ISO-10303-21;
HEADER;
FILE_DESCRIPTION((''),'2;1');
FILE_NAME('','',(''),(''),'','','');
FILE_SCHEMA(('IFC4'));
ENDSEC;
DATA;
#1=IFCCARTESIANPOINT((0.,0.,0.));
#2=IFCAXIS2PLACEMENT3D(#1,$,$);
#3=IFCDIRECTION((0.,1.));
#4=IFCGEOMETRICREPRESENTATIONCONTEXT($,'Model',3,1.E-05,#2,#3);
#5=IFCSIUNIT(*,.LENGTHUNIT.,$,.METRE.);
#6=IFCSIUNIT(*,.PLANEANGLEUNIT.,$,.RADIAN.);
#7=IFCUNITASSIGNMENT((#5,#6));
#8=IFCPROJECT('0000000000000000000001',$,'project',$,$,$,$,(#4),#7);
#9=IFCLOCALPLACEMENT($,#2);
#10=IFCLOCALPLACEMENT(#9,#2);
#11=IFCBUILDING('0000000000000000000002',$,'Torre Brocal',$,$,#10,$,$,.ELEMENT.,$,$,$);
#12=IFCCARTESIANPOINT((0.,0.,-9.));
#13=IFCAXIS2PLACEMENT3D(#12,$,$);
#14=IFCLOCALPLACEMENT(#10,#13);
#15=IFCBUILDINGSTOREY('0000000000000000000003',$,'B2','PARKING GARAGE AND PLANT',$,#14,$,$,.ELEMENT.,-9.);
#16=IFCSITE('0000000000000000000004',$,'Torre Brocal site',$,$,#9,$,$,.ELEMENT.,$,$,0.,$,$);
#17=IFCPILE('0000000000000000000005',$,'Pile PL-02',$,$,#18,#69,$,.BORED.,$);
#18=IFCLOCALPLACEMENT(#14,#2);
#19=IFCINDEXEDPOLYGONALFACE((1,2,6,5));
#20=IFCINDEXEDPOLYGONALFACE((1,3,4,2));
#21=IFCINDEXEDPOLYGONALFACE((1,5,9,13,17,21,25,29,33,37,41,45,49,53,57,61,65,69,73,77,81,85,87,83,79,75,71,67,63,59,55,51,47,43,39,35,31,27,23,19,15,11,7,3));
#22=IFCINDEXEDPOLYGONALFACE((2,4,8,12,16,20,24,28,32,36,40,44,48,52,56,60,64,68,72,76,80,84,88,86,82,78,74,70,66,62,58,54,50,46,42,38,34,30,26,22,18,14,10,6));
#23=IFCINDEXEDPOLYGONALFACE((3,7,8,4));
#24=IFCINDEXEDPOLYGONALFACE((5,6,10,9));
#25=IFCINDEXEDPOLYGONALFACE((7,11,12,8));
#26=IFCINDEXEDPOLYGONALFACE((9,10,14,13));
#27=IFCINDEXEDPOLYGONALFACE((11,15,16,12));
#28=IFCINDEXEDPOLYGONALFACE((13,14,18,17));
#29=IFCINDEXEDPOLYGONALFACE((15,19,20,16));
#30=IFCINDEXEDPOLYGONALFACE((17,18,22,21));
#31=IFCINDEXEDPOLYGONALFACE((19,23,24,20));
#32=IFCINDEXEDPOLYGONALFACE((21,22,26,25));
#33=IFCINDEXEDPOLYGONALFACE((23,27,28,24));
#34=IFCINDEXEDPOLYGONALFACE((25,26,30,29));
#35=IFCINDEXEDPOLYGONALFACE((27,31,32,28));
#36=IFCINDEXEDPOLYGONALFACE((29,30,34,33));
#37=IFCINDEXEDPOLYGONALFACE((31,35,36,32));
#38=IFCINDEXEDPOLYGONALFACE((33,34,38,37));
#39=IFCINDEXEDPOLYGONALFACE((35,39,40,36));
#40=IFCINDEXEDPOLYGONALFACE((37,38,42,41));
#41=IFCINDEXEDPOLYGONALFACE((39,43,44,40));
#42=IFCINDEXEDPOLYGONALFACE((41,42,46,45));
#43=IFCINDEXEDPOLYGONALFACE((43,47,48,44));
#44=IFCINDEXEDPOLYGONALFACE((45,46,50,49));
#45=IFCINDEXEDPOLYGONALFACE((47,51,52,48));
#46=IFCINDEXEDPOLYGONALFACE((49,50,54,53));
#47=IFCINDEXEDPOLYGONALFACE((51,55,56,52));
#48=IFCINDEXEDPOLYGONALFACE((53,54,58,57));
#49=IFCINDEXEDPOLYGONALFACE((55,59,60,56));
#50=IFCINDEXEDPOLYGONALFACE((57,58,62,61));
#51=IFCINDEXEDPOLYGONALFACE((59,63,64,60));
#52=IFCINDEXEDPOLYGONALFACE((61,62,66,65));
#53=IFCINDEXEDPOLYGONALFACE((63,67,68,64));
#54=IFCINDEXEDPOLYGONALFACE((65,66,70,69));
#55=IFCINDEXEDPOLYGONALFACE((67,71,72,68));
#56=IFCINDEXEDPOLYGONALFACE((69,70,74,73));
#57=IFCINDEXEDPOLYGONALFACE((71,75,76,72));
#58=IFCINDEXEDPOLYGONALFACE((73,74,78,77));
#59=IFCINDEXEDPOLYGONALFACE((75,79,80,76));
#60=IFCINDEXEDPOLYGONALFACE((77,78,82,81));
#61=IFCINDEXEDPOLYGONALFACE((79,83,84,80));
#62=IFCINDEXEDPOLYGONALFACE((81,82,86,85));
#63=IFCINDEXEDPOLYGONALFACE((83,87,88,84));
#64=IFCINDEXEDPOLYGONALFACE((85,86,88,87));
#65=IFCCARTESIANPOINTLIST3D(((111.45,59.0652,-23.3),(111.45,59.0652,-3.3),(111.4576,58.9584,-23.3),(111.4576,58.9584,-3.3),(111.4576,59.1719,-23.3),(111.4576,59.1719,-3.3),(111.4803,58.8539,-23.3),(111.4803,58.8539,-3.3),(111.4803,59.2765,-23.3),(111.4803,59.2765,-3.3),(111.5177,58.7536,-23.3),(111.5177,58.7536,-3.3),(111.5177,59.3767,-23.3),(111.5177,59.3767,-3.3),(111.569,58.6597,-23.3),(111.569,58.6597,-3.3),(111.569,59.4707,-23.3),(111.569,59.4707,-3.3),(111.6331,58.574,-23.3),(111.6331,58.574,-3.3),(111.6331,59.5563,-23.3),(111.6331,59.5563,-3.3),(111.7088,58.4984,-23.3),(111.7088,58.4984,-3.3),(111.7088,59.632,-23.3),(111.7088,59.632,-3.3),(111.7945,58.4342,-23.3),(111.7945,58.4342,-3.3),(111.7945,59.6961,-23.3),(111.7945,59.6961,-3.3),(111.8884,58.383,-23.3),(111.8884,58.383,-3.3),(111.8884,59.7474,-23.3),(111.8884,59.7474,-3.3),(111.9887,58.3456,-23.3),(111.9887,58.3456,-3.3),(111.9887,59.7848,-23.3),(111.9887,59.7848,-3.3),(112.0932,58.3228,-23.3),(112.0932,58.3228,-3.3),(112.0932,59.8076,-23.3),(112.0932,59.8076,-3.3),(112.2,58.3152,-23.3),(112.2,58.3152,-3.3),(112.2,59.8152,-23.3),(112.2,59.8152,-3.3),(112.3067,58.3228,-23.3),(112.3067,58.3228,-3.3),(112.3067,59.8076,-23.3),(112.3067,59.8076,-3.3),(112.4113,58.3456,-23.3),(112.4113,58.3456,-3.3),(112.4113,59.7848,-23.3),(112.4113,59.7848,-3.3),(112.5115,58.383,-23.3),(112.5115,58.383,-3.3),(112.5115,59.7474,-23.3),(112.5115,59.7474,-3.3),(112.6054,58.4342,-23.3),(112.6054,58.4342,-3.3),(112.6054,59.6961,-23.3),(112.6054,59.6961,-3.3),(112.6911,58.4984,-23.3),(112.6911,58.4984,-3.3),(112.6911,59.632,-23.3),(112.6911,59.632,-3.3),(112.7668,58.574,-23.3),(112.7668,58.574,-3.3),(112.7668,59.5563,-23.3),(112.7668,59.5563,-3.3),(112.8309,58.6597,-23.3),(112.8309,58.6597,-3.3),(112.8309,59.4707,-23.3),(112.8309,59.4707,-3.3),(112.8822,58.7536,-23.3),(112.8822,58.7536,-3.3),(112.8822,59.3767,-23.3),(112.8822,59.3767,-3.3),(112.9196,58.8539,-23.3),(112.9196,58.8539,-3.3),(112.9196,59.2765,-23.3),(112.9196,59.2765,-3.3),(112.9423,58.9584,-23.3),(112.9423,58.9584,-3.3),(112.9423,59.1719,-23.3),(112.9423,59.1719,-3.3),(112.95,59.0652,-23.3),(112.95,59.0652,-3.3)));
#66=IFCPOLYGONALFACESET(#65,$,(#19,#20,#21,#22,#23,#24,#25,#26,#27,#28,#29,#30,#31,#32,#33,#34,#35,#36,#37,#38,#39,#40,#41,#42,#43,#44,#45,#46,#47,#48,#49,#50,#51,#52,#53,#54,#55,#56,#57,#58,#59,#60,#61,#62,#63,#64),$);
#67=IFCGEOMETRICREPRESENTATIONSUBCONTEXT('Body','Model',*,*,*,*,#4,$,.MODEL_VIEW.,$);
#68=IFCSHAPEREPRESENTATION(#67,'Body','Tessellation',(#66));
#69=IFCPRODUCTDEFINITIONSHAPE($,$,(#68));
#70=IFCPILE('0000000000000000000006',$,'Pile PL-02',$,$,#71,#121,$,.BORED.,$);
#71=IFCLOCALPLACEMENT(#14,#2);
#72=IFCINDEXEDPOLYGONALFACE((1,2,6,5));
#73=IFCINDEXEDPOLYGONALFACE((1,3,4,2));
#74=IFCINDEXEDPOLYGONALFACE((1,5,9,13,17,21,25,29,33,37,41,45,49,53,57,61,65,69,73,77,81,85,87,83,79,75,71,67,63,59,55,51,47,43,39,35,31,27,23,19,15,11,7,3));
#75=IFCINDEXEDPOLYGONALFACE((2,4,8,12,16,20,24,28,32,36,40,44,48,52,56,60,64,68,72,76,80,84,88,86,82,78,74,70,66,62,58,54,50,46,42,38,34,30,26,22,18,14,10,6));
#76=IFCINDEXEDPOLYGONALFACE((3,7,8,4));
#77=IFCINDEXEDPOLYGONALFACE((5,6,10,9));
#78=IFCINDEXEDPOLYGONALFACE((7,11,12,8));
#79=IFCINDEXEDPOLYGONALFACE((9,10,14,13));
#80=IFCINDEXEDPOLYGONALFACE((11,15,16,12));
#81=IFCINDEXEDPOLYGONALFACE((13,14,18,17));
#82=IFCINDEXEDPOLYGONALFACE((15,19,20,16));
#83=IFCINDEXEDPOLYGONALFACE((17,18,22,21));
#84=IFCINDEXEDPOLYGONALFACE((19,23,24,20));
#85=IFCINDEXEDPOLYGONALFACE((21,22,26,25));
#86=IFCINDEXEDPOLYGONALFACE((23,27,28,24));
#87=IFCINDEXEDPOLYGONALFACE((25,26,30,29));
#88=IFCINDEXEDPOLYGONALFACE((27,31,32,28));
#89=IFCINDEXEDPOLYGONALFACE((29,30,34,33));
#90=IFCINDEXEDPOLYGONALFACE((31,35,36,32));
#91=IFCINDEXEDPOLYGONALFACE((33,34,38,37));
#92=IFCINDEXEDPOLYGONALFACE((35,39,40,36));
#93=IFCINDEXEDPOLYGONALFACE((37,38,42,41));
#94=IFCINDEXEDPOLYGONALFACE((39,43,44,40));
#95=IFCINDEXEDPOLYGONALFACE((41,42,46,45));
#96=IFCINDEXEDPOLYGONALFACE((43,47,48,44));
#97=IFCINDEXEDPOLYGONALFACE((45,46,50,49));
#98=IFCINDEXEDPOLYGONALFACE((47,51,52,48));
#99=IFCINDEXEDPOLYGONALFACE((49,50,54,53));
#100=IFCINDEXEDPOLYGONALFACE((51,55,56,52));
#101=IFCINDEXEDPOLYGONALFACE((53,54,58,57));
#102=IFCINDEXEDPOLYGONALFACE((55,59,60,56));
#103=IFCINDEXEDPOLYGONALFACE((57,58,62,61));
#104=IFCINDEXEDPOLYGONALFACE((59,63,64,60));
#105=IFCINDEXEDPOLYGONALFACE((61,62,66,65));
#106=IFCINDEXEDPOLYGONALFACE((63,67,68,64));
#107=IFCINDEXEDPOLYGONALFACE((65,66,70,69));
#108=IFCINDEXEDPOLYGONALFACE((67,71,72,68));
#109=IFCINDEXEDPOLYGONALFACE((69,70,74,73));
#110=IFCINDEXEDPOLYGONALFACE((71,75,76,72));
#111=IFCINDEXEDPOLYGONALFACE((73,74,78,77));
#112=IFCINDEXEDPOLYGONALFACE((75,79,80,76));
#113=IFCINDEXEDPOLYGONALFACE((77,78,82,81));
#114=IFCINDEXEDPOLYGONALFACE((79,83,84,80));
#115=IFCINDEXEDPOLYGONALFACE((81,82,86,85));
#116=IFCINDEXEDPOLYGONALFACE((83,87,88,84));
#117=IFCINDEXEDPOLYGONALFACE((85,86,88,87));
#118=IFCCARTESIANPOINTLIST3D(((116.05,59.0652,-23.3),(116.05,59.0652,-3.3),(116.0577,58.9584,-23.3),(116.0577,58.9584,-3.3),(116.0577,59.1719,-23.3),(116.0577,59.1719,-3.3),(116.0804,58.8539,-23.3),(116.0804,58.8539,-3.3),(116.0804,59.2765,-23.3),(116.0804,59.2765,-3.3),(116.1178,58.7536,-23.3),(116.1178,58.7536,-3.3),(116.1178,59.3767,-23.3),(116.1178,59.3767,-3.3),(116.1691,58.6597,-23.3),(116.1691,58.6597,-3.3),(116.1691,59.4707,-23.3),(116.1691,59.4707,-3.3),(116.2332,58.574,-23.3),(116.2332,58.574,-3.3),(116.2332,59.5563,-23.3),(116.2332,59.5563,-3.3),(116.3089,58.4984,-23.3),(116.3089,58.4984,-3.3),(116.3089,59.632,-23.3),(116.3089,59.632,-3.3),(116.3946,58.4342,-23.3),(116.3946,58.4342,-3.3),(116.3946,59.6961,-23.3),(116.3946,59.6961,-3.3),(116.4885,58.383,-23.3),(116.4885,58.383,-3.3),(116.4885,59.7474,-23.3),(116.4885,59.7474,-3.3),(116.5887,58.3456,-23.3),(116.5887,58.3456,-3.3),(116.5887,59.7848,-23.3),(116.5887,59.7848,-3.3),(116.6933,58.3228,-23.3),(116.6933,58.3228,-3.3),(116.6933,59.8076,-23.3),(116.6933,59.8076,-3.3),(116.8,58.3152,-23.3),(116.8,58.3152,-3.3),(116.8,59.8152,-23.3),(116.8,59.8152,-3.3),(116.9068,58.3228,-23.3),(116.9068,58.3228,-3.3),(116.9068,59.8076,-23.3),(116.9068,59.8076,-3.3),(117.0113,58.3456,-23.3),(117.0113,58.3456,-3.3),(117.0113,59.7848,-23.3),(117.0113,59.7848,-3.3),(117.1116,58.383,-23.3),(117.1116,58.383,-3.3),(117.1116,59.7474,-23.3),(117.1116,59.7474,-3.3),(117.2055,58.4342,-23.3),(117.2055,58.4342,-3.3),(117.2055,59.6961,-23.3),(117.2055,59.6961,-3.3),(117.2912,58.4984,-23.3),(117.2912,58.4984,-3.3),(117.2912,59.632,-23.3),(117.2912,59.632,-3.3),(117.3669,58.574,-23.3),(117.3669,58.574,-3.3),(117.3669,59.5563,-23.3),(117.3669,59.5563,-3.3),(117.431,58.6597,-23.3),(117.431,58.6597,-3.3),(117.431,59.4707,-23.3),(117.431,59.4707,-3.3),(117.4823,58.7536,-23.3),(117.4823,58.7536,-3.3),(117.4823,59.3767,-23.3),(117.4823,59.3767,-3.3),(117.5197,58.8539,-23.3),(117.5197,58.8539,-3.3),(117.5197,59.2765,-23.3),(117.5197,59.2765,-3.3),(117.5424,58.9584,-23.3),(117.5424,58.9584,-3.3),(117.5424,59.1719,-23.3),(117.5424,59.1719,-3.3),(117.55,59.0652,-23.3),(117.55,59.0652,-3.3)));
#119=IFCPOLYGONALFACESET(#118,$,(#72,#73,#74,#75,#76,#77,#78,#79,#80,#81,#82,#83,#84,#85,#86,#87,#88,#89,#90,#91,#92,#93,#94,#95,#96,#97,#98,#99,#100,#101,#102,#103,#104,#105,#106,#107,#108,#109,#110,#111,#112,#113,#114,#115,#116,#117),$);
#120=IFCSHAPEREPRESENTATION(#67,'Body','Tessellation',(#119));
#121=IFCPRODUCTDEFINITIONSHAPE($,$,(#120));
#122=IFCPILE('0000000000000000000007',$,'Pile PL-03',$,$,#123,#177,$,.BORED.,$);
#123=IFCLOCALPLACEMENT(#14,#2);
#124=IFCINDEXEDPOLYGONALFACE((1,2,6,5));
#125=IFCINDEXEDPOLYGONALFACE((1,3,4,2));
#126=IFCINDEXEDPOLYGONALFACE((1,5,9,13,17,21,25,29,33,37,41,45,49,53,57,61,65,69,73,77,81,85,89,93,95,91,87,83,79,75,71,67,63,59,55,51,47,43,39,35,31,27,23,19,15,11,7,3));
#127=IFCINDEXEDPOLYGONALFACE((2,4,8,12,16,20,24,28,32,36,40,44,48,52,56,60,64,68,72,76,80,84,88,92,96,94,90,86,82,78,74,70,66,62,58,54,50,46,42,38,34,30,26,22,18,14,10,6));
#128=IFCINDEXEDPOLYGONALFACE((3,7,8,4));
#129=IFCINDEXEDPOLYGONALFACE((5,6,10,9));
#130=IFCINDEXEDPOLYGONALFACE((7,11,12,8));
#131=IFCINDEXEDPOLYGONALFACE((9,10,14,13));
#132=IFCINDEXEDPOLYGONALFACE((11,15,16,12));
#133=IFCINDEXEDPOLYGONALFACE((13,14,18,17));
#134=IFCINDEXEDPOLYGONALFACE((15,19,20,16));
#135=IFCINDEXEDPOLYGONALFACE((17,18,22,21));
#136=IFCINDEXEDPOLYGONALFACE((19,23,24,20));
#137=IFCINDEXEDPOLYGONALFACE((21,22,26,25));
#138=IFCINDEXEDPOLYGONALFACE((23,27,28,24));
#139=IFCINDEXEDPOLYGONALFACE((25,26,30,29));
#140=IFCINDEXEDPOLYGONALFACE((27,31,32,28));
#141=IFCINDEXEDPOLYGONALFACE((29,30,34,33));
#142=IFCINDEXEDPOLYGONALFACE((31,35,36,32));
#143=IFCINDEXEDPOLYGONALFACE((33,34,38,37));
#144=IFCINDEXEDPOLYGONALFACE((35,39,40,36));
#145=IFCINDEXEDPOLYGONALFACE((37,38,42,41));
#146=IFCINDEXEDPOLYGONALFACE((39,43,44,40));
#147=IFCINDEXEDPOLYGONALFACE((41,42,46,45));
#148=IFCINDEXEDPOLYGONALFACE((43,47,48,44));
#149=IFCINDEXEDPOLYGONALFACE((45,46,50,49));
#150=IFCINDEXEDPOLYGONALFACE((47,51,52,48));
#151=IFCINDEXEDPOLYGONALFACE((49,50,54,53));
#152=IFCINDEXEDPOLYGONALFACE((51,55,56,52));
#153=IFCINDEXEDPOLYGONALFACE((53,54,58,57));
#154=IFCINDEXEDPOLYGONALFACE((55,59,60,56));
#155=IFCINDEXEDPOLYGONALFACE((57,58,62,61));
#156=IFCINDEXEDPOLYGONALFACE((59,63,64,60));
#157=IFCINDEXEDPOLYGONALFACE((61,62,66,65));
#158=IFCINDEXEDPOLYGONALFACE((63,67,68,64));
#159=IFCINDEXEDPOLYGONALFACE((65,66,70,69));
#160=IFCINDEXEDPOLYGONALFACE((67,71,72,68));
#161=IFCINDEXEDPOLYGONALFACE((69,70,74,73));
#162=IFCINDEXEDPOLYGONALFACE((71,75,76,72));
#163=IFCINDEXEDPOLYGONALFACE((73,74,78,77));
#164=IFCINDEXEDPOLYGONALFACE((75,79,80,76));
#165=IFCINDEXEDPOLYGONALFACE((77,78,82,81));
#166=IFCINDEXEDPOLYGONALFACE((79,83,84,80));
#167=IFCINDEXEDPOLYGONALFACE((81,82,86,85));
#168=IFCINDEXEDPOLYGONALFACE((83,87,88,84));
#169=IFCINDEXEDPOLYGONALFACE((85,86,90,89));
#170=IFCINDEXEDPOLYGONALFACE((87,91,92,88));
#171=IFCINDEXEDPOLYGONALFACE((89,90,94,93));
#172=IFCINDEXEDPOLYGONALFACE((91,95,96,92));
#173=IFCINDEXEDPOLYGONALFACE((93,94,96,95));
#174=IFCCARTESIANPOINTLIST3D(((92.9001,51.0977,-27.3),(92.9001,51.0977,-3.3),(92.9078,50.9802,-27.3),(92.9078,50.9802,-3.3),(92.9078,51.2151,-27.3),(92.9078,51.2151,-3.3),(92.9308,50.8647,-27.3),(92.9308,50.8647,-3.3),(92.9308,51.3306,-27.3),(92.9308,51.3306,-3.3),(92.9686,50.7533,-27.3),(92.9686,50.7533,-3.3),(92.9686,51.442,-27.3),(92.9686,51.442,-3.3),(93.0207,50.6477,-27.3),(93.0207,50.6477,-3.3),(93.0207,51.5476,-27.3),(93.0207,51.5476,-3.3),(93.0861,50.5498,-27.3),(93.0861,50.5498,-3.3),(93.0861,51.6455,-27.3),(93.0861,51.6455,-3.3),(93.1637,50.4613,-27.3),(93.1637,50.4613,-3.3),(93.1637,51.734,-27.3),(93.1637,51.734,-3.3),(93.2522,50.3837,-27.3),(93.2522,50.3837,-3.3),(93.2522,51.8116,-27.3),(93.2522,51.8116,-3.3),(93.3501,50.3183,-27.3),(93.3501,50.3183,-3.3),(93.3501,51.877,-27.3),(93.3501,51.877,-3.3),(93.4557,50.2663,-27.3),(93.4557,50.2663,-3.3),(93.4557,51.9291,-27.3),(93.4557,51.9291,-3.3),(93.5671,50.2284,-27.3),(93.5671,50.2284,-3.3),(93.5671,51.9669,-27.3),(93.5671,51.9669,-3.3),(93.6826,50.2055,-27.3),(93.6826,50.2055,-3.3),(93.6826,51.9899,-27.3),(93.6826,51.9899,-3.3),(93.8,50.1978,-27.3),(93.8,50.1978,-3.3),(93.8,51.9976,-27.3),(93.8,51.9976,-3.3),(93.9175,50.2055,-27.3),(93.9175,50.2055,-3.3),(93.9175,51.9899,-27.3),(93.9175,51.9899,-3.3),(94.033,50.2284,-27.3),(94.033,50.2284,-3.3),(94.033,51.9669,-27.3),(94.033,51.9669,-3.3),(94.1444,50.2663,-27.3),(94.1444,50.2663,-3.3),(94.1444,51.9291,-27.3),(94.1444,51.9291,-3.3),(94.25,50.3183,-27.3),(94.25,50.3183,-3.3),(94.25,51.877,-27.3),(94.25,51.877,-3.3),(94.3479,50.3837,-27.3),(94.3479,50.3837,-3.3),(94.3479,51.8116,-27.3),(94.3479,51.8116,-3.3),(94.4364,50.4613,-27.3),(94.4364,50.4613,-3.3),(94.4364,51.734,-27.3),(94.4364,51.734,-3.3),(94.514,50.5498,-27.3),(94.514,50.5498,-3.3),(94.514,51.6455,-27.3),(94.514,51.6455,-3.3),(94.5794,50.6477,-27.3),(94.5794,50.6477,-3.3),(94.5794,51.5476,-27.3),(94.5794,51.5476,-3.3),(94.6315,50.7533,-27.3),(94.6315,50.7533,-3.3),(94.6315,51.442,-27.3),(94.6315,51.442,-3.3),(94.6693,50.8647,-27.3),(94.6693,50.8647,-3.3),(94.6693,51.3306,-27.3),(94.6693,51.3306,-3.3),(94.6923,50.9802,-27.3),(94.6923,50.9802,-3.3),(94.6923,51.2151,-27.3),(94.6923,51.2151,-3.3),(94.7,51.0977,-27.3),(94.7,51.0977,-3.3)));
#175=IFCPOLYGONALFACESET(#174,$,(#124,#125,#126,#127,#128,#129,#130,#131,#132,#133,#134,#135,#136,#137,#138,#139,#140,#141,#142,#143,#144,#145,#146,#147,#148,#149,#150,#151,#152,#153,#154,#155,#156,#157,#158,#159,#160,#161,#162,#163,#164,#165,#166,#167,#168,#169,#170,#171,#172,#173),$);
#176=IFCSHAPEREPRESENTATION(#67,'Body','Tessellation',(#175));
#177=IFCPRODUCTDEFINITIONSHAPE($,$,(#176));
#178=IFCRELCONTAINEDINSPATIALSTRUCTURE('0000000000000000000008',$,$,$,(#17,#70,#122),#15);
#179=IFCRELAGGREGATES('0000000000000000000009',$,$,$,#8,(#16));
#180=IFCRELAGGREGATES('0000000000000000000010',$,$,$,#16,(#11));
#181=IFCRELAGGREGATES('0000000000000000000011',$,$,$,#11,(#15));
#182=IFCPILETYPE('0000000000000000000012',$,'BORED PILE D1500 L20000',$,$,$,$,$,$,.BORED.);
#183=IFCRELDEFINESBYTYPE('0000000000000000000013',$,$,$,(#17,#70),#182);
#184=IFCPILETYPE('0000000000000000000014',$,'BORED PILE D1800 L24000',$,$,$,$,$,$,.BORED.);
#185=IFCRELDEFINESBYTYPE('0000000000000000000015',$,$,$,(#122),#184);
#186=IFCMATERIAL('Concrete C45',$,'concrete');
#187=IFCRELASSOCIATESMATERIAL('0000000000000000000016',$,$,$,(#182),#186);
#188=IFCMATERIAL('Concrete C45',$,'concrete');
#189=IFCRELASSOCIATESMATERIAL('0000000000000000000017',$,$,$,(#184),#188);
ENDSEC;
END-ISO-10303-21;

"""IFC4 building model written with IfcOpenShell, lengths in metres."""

from ifc_helpers import new_model, si_unit, direction, frame, origin, origin_2d, place, context, subcontext, project, spatial, circle, extrude, material, material_profile, profile_set, type_object, element, save


model = new_model("IFC4")

# Units and contexts
model_context = context("Model", 3, precision=1e-05, world=origin(), true_north=direction((0.0, 1.0)))
body_context = subcontext(model_context, "Body", "Model", "MODEL_VIEW")
ifc_project = project(units=[si_unit("LENGTHUNIT", "METRE"), si_unit("PLANEANGLEUNIT", "RADIAN")], contexts=[model_context])

# Site, building, storey
site_placement = place(None, origin())
site = spatial("IfcSite", under=ifc_project, at=site_placement, Name="Torre Brocal site", CompositionType="ELEMENT", RefElevation=0.0)
building_placement = place(site_placement, origin())
building = spatial("IfcBuilding", under=site, at=building_placement, Name="Torre Brocal", CompositionType="ELEMENT")
storey_placement = place(building_placement, frame((0.0, 0.0, -9.0)))
storey = spatial("IfcBuildingStorey", under=building, at=storey_placement, Name="B2", Description="PARKING GARAGE AND PLANT", CompositionType="ELEMENT", Elevation=-9.0)

# Piles
ifc_material_1 = material(Name="Concrete C45", Category="concrete")
ifc_material_profile_1 = material_profile(ifc_material_1, circle(Radius=0.75, at=origin_2d()), Name="BORED PILE D1500")
ifc_profile_set_1 = profile_set([ifc_material_profile_1], Name="Concrete C45")
pile_type_1 = type_object("IfcPileType", Name="BORED PILE D1500 L20000", PredefinedType="BORED", material=ifc_profile_set_1)
for number, where, z_axis, x_axis, name in (
    (1, (112.2, 59.0652, -3.3), (0.0, 0.0, -1.0), (1.0, 0.0, 0.0), "Pile PL-02"),
    (2, (116.8, 59.0652, -3.3), (0.0, 0.0, -1.0), (1.0, 0.0, 0.0), "Pile PL-02"),
):
    element("IfcPile", number, at=place(storey_placement, frame(where, z_axis=z_axis, x_axis=x_axis)), inside=storey, type_object=pile_type_1, Name=name, PredefinedType="BORED", context=body_context, shape_type="SweptSolid", body=[
        extrude(circle(Radius=0.75, at=origin_2d()), origin(), (0.0, 0.0, 1.0), 20.0),
    ])
ifc_material_2 = material(Name="Concrete C45", Category="concrete")
ifc_material_profile_2 = material_profile(ifc_material_2, circle(Radius=0.8999, at=origin_2d()), Name="BORED PILE D1800")
ifc_profile_set_2 = profile_set([ifc_material_profile_2], Name="Concrete C45")
pile_type_2 = type_object("IfcPileType", Name="BORED PILE D1800 L24000", PredefinedType="BORED", material=ifc_profile_set_2)
for number, where, z_axis, x_axis, name in (
    (3, (93.8, 51.0977, -3.3), (0.0, 0.0, -1.0), (1.0, 0.0, 0.0), "Pile PL-03"),
):
    element("IfcPile", number, at=place(storey_placement, frame(where, z_axis=z_axis, x_axis=x_axis)), inside=storey, type_object=pile_type_2, Name=name, PredefinedType="BORED", context=body_context, shape_type="SweptSolid", body=[
        extrude(circle(Radius=0.8999, at=origin_2d()), origin(), (0.0, 0.0, 1.0), 24.0),
    ])

save(model, "model.ifc")
